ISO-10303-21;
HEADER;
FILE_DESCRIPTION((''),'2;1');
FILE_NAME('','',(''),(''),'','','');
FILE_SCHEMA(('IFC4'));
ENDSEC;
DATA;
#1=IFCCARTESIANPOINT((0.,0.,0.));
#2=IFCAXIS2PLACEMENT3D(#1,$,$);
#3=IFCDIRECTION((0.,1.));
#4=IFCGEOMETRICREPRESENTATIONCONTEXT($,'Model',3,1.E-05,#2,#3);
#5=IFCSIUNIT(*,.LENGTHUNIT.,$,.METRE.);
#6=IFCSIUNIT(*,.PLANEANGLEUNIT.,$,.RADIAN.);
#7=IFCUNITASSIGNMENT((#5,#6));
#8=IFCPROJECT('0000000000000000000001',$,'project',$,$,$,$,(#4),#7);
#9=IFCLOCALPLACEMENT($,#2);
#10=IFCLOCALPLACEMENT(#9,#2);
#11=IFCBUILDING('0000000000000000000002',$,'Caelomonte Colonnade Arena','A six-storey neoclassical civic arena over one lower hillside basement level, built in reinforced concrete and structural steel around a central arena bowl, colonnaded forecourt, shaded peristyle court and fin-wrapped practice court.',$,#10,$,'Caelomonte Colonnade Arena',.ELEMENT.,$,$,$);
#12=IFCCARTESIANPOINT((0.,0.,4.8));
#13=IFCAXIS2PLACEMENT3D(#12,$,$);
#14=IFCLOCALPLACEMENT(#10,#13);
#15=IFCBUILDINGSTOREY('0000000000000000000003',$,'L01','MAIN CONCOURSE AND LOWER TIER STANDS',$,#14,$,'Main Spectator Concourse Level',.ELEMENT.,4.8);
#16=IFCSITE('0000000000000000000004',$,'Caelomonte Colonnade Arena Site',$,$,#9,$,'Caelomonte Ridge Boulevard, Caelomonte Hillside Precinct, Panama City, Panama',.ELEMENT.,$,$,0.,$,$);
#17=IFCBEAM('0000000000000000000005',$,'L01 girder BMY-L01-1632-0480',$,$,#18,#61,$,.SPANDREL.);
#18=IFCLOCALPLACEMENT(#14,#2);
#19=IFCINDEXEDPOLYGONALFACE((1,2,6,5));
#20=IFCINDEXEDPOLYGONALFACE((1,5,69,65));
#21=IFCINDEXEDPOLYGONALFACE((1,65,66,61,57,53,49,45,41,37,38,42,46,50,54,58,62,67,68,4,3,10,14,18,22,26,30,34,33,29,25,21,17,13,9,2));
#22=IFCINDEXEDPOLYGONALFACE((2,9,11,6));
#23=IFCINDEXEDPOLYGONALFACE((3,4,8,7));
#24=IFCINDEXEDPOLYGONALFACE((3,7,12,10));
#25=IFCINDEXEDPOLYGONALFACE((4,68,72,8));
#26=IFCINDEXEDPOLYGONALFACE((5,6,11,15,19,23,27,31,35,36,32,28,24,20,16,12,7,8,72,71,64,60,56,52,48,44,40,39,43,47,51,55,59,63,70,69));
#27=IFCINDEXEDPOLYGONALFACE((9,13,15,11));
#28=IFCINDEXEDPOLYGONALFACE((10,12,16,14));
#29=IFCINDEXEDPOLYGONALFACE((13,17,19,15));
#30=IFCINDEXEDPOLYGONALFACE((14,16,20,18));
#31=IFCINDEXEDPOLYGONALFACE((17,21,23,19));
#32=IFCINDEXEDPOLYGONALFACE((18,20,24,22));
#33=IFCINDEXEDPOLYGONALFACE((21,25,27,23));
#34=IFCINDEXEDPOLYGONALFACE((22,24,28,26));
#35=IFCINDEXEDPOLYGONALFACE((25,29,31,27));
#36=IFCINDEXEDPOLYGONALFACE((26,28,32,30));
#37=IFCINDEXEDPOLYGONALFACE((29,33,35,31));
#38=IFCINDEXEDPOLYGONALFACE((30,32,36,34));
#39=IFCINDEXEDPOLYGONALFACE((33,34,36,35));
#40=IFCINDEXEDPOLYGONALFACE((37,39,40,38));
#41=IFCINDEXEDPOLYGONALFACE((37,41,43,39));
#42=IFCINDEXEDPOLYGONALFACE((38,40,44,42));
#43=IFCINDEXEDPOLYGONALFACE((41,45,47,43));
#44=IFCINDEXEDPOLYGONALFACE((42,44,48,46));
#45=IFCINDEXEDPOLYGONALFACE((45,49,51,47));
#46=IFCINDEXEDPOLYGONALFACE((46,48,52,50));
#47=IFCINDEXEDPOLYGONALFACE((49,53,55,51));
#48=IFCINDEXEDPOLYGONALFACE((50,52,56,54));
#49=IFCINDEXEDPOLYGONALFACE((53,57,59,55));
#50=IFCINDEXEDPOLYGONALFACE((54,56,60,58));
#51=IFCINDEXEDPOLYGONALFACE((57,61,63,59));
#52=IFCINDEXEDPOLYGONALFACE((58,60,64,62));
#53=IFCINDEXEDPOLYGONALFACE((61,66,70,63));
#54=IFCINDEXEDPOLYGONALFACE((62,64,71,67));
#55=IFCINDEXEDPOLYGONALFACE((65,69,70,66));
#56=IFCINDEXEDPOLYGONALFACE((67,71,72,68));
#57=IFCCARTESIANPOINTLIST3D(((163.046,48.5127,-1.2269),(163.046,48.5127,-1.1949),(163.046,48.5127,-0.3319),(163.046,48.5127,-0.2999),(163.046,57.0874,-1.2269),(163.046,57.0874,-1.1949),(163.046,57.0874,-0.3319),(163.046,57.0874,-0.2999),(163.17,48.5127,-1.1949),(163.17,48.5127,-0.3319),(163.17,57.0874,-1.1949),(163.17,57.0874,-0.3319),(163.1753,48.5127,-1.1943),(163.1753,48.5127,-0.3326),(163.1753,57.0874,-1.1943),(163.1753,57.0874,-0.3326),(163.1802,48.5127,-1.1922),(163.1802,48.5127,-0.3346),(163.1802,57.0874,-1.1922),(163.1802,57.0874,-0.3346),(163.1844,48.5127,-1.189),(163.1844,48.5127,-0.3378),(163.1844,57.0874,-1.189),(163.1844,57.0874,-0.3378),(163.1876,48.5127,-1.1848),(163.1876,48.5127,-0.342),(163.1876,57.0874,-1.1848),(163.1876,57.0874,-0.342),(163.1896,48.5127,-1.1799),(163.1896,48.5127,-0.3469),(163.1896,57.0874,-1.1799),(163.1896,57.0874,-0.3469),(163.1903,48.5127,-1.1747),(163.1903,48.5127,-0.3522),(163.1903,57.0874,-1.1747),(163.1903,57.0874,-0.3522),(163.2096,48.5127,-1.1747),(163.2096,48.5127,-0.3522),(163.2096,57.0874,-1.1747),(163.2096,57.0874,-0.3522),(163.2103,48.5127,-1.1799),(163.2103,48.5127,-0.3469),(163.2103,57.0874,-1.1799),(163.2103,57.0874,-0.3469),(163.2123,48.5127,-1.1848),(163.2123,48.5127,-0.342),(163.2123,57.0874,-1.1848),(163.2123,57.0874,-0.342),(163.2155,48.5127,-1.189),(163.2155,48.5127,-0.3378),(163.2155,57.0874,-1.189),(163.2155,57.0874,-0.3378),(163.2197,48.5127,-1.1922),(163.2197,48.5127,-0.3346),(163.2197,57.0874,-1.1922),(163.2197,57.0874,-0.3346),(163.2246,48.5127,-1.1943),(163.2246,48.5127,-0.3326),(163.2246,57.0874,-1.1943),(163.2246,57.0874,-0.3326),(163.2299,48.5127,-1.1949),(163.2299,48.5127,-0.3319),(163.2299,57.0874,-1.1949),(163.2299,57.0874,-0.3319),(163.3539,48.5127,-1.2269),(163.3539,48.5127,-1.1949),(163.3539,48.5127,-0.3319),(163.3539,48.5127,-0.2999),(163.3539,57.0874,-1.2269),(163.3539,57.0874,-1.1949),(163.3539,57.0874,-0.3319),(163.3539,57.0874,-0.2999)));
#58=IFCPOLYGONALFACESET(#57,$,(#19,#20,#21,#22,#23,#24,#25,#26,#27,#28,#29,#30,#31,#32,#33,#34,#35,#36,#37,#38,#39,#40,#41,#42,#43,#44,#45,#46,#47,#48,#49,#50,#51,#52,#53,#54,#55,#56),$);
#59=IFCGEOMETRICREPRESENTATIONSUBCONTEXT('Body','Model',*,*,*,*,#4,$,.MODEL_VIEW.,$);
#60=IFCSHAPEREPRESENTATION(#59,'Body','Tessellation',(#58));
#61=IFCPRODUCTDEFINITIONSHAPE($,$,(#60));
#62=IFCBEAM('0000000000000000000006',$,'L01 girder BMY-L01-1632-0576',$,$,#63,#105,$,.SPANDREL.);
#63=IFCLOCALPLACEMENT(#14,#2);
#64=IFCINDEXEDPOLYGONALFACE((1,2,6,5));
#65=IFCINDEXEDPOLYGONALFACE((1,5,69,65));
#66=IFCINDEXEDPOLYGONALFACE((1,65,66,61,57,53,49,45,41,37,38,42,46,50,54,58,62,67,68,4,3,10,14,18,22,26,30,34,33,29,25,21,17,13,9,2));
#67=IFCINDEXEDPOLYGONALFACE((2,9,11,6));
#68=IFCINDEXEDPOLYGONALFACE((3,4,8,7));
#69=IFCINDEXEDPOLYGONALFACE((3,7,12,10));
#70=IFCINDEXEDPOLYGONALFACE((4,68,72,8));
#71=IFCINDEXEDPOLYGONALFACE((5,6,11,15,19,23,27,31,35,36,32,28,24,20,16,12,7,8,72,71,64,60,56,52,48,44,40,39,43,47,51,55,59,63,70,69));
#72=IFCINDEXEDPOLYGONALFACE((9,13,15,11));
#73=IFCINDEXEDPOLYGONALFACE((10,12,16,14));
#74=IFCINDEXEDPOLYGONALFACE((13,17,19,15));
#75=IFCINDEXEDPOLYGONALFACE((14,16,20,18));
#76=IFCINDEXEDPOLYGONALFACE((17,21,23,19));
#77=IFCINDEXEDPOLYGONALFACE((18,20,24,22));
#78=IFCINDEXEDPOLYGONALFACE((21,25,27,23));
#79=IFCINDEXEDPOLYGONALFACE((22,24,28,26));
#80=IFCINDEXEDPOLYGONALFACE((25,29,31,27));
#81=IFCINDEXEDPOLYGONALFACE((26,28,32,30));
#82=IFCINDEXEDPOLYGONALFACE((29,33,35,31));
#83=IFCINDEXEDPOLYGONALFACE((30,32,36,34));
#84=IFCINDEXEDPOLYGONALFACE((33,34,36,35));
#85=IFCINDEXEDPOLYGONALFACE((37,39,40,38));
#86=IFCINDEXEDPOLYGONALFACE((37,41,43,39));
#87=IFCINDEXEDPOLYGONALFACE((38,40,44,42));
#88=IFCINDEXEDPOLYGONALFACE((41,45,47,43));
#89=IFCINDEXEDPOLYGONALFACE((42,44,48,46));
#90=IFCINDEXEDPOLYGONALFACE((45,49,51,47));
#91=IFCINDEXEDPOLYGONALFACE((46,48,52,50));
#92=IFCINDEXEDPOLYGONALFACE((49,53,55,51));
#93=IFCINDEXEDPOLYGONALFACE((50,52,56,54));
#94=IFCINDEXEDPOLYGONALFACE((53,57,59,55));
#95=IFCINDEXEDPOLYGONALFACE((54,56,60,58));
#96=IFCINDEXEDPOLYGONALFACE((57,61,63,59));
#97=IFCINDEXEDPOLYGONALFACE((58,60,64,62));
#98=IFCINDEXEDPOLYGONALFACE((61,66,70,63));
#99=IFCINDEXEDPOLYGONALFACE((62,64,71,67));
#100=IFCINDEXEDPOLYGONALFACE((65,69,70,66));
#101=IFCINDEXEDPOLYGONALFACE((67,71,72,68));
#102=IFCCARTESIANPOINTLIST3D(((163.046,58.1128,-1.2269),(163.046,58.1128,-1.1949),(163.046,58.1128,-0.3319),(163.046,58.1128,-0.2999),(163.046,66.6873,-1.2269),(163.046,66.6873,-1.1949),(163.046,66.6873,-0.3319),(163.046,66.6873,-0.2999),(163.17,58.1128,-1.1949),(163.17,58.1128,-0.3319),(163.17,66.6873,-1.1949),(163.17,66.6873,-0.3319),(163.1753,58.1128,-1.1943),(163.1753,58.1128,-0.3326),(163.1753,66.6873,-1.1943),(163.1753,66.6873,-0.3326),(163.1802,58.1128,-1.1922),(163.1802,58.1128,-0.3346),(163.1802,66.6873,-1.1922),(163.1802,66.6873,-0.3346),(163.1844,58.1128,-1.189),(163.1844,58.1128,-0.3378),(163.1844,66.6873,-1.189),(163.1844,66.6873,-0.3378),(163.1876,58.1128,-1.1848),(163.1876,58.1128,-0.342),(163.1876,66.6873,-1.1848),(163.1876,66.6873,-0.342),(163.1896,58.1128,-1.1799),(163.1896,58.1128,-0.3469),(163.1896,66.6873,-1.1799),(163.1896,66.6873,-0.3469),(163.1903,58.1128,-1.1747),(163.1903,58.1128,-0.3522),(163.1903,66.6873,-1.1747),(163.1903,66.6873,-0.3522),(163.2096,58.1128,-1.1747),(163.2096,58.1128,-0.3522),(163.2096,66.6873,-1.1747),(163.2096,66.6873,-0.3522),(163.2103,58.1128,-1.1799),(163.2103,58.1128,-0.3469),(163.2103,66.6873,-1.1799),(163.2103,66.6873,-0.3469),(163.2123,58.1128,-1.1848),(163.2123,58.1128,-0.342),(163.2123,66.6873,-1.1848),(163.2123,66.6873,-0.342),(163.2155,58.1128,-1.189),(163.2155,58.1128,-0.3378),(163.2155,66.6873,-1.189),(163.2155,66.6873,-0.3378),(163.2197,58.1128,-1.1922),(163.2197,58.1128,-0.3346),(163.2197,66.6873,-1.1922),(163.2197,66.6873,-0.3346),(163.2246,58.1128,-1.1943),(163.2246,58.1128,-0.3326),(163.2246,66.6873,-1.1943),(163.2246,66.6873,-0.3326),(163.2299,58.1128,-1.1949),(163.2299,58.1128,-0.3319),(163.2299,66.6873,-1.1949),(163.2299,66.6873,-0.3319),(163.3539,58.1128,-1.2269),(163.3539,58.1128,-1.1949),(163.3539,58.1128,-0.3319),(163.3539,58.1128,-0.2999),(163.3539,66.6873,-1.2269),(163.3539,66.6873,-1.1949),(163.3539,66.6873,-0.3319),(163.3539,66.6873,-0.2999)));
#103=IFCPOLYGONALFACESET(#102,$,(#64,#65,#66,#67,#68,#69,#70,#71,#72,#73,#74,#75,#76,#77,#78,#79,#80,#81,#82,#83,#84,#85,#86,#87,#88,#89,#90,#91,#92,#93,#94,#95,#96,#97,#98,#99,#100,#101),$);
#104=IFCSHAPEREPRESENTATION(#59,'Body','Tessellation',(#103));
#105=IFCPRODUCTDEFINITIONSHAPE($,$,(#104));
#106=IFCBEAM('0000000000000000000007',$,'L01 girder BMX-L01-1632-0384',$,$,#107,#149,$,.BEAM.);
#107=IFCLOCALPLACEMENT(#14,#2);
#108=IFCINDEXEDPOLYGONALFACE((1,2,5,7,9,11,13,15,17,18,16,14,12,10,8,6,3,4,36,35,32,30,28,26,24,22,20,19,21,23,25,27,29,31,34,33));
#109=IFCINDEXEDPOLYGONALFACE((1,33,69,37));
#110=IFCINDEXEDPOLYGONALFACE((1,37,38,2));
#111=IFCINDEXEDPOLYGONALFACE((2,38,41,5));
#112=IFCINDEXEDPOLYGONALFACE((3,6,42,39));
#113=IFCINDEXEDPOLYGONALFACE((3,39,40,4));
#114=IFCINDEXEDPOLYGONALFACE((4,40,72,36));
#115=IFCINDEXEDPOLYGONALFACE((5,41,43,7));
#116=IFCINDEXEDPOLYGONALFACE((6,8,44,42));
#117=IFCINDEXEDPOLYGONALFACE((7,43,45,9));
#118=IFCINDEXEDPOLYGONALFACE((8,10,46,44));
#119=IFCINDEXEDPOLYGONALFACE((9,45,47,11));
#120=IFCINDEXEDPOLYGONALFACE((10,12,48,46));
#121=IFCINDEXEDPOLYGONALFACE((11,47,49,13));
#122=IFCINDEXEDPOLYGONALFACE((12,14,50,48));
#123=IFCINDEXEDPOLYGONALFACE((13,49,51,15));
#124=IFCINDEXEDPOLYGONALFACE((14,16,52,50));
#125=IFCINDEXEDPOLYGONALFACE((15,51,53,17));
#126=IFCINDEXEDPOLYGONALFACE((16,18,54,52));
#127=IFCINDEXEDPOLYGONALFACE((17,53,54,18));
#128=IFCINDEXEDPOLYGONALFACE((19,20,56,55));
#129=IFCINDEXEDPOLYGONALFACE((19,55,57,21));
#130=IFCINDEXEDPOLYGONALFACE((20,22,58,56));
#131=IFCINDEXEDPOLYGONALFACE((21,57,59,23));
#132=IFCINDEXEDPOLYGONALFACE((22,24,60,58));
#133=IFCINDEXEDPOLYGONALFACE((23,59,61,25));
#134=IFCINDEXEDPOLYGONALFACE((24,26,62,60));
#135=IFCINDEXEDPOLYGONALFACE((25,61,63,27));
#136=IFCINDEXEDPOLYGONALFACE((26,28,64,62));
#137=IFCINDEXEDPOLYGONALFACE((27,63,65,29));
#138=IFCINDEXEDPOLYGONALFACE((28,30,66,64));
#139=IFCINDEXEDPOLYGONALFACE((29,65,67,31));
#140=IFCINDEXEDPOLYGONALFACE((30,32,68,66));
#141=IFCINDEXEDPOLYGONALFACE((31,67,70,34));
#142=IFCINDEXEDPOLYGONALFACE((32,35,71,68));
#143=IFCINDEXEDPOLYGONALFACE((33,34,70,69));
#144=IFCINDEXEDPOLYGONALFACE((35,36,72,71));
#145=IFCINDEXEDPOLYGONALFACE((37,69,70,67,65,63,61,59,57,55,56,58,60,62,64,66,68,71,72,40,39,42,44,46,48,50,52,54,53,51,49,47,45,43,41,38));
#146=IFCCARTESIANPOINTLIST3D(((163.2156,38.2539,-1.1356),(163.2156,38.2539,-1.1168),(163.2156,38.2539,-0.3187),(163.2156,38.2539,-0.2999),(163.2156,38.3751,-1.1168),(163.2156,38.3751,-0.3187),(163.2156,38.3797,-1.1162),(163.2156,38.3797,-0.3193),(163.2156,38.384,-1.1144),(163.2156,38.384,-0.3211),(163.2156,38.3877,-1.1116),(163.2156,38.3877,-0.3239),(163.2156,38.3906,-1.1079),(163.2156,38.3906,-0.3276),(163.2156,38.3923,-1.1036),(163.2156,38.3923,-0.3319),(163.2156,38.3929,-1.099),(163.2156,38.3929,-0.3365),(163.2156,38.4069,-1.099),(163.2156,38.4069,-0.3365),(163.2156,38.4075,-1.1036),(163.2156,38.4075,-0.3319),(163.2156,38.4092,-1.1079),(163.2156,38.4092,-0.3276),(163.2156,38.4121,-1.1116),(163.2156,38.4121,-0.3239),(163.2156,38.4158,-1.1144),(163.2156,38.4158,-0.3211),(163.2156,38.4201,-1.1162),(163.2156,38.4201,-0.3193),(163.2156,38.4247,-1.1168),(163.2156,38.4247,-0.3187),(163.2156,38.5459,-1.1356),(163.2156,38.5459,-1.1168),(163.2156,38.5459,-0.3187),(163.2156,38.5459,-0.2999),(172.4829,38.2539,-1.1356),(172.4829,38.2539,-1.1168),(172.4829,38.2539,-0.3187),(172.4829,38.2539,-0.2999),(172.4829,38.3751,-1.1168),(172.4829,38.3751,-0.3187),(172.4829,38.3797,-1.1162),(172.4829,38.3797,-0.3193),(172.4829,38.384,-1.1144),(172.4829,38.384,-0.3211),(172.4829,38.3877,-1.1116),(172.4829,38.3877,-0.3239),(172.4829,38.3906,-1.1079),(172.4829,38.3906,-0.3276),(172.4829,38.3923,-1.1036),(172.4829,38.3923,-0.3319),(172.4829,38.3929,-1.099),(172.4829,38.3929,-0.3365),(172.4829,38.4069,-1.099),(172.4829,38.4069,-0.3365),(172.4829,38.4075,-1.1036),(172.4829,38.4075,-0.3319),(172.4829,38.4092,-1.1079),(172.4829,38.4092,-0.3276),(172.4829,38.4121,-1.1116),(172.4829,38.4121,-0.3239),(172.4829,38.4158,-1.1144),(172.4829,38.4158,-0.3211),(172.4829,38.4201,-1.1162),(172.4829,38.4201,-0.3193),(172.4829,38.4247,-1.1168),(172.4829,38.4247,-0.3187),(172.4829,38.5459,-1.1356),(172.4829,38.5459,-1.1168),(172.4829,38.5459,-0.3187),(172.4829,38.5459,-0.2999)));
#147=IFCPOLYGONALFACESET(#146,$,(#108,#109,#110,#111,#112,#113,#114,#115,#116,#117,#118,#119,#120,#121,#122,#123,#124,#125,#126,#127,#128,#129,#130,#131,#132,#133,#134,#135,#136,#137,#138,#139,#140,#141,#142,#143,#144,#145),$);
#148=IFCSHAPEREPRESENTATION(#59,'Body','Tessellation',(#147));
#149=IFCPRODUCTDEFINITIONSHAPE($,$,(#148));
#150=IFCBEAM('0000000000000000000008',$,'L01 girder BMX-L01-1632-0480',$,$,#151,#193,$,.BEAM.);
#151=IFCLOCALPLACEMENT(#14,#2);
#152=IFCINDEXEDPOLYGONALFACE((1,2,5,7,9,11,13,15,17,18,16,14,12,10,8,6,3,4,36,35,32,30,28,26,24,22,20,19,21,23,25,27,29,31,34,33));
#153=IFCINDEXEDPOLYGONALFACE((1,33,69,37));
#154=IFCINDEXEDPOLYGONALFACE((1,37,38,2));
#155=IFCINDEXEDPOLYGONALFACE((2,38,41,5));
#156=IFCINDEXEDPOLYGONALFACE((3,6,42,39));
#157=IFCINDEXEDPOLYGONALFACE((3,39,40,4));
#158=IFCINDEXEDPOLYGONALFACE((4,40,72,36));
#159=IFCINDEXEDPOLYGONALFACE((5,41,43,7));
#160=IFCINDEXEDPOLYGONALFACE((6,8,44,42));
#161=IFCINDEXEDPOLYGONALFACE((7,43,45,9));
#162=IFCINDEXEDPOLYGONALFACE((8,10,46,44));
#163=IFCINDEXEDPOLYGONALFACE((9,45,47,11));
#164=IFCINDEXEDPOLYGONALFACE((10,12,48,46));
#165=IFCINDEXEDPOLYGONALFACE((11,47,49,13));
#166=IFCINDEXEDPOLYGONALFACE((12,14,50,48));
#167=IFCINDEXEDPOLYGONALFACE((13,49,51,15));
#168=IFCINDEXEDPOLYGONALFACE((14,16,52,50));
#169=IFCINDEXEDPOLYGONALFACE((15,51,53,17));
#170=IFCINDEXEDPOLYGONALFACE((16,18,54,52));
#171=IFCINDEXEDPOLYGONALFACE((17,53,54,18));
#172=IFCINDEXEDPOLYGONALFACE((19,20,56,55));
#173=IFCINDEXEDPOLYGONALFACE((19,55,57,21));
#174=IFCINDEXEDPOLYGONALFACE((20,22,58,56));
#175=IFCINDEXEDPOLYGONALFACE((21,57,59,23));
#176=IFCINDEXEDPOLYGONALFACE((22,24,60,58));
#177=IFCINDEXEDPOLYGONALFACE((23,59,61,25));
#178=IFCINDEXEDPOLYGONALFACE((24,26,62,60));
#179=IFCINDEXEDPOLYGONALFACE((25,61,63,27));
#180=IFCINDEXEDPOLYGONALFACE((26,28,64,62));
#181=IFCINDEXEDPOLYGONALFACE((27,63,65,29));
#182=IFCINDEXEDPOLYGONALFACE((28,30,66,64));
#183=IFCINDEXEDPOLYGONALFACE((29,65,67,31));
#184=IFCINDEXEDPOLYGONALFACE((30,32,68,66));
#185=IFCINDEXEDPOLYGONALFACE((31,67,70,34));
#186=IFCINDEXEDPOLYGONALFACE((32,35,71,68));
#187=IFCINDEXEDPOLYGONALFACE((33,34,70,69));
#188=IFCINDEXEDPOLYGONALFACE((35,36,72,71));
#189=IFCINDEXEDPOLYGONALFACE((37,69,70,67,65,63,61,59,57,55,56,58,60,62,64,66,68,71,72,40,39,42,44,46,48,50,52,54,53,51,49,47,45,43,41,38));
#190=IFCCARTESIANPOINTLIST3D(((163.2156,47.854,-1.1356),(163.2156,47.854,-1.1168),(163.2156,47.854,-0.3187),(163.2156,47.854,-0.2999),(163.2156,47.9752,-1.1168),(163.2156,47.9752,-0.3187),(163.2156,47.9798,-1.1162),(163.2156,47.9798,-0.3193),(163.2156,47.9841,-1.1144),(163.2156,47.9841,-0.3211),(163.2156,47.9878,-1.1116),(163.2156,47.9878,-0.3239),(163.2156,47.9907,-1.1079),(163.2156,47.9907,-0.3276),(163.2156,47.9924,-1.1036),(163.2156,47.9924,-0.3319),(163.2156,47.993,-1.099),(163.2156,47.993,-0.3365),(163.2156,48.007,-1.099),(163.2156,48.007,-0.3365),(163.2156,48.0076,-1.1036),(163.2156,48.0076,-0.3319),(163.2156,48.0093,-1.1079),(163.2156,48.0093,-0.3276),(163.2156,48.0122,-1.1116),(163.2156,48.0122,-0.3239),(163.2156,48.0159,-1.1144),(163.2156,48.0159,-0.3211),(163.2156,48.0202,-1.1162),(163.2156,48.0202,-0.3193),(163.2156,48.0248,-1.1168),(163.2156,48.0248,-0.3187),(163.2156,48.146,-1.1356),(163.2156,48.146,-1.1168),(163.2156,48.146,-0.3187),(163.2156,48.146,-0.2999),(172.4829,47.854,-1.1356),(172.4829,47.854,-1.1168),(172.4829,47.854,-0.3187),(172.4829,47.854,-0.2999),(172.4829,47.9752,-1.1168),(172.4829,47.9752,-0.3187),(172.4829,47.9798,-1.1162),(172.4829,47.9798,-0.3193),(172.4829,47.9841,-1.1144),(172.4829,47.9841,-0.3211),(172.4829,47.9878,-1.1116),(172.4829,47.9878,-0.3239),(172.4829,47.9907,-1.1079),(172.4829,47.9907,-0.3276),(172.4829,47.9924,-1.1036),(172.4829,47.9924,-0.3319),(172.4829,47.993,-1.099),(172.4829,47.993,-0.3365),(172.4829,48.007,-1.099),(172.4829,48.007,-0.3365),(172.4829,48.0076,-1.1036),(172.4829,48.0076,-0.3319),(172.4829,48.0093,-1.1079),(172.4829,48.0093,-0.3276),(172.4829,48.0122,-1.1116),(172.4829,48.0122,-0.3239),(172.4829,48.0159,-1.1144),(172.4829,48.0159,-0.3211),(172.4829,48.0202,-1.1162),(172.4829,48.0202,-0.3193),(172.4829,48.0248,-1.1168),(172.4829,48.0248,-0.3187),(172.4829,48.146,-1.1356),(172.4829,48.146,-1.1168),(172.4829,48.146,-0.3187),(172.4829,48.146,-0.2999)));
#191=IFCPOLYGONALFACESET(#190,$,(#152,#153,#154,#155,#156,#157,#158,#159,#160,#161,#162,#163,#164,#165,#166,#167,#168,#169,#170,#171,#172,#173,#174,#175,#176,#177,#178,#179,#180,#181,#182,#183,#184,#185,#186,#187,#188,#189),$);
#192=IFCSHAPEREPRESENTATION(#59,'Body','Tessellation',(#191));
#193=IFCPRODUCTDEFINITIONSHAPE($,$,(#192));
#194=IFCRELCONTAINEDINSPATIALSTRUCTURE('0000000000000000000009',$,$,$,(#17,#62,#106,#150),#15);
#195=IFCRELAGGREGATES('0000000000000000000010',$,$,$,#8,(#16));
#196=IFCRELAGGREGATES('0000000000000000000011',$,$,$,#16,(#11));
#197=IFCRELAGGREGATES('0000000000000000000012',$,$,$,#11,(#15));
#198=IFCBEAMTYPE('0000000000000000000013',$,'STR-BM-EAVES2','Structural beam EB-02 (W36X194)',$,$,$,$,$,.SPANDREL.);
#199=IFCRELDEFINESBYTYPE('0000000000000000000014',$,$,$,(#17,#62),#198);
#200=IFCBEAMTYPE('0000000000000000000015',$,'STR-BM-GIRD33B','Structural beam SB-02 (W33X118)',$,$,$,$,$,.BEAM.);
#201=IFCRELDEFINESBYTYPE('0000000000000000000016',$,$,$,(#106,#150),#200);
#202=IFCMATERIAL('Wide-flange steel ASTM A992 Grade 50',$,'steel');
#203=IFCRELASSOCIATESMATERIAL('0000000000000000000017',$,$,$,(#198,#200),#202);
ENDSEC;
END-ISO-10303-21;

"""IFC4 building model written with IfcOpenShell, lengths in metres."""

from ifc_helpers import new_model, si_unit, direction, frame, origin, origin_2d, place, context, subcontext, project, spatial, i_section, extrude, material, material_profile, profile_set, type_object, element, save


model = new_model("IFC4")

# Units and contexts
model_context = context("Model", 3, precision=1e-05, world=origin(), true_north=direction((0.0, 1.0)))
body_context = subcontext(model_context, "Body", "Model", "MODEL_VIEW")
ifc_project = project(units=[si_unit("LENGTHUNIT", "METRE"), si_unit("PLANEANGLEUNIT", "RADIAN")], contexts=[model_context])

# Site, building, storey
site_placement = place(None, origin())
site = spatial("IfcSite", under=ifc_project, at=site_placement, Name="Caelomonte Colonnade Arena Site", LongName="Caelomonte Ridge Boulevard, Caelomonte Hillside Precinct, Panama City, Panama", CompositionType="ELEMENT", RefElevation=0.0)
building_placement = place(site_placement, origin())
building = spatial("IfcBuilding", under=site, at=building_placement, Name="Caelomonte Colonnade Arena", Description="A six-storey neoclassical civic arena over one lower hillside basement level, built in reinforced concrete and structural steel around a central arena bowl, colonnaded forecourt, shaded peristyle court and fin-wrapped practice court.", LongName="Caelomonte Colonnade Arena", CompositionType="ELEMENT")
storey_placement = place(building_placement, frame((0.0, 0.0, 4.8)))
storey = spatial("IfcBuildingStorey", under=building, at=storey_placement, Name="L01", Description="MAIN CONCOURSE AND LOWER TIER STANDS", LongName="Main Spectator Concourse Level", CompositionType="ELEMENT", Elevation=4.8)

# Shared definitions
ifc_material_1 = material(Name="Wide-flange steel ASTM A992 Grade 50", Category="steel")

# Beams
ifc_material_profile_1 = material_profile(ifc_material_1, i_section(OverallWidth=0.3079, OverallDepth=0.927, WebThickness=0.0193, FlangeThickness=0.032, FilletRadius=0.0203, at=origin_2d()), Name="W36X194")
ifc_profile_set_1 = profile_set([ifc_material_profile_1], Name="Wide-flange steel ASTM A992 Grade 50")
beam_type_1 = type_object("IfcBeamType", Name="STR-BM-EAVES2", Description="Structural beam EB-02 (W36X194)", PredefinedType="SPANDREL", material=ifc_profile_set_1)
beam_1_placement = place(storey_placement, frame((163.2, 48.5127, -0.7634), z_axis=(0.0, 1.0, 0.0), x_axis=(-1.0, 0.0, 0.0)))
element("IfcBeam", 1, at=beam_1_placement, inside=storey, type_object=beam_type_1, Name="L01 girder BMY-L01-1632-0480", PredefinedType="SPANDREL", context=body_context, shape_type="SweptSolid", body=[
    extrude(i_section(OverallWidth=0.3079, OverallDepth=0.927, WebThickness=0.0193, FlangeThickness=0.032, FilletRadius=0.0203, at=origin_2d()), origin(), (0.0, 0.0, 1.0), 8.5747),
])
beam_2_placement = place(storey_placement, frame((163.2, 58.1128, -0.7634), z_axis=(0.0, 1.0, 0.0), x_axis=(-1.0, 0.0, 0.0)))
element("IfcBeam", 2, at=beam_2_placement, inside=storey, type_object=beam_type_1, Name="L01 girder BMY-L01-1632-0576", PredefinedType="SPANDREL", context=body_context, shape_type="SweptSolid", body=[
    extrude(i_section(OverallWidth=0.3079, OverallDepth=0.927, WebThickness=0.0193, FlangeThickness=0.032, FilletRadius=0.0203, at=origin_2d()), origin(), (0.0, 0.0, 1.0), 8.5745),
])
ifc_material_profile_2 = material_profile(ifc_material_1, i_section(OverallWidth=0.292, OverallDepth=0.8357, WebThickness=0.0139, FlangeThickness=0.0188, FilletRadius=0.0178, at=origin_2d()), Name="W33X118")
ifc_profile_set_2 = profile_set([ifc_material_profile_2], Name="Wide-flange steel ASTM A992 Grade 50")
beam_type_2 = type_object("IfcBeamType", Name="STR-BM-GIRD33B", Description="Structural beam SB-02 (W33X118)", PredefinedType="BEAM", material=ifc_profile_set_2)
for number, where, z_axis, x_axis, name in (
    (3, (163.2156, 38.3999, -0.7178), (1.0, 0.0, 0.0), (0.0, 1.0, 0.0), "L01 girder BMX-L01-1632-0384"),
    (4, (163.2156, 48.0, -0.7178), (1.0, 0.0, 0.0), (0.0, 1.0, 0.0), "L01 girder BMX-L01-1632-0480"),
):
    element("IfcBeam", number, at=place(storey_placement, frame(where, z_axis=z_axis, x_axis=x_axis)), inside=storey, type_object=beam_type_2, Name=name, PredefinedType="BEAM", context=body_context, shape_type="SweptSolid", body=[
        extrude(i_section(OverallWidth=0.292, OverallDepth=0.8357, WebThickness=0.0139, FlangeThickness=0.0188, FilletRadius=0.0178, at=origin_2d()), origin(), (0.0, 0.0, 1.0), 9.2673),
    ])

save(model, "model.ifc")
